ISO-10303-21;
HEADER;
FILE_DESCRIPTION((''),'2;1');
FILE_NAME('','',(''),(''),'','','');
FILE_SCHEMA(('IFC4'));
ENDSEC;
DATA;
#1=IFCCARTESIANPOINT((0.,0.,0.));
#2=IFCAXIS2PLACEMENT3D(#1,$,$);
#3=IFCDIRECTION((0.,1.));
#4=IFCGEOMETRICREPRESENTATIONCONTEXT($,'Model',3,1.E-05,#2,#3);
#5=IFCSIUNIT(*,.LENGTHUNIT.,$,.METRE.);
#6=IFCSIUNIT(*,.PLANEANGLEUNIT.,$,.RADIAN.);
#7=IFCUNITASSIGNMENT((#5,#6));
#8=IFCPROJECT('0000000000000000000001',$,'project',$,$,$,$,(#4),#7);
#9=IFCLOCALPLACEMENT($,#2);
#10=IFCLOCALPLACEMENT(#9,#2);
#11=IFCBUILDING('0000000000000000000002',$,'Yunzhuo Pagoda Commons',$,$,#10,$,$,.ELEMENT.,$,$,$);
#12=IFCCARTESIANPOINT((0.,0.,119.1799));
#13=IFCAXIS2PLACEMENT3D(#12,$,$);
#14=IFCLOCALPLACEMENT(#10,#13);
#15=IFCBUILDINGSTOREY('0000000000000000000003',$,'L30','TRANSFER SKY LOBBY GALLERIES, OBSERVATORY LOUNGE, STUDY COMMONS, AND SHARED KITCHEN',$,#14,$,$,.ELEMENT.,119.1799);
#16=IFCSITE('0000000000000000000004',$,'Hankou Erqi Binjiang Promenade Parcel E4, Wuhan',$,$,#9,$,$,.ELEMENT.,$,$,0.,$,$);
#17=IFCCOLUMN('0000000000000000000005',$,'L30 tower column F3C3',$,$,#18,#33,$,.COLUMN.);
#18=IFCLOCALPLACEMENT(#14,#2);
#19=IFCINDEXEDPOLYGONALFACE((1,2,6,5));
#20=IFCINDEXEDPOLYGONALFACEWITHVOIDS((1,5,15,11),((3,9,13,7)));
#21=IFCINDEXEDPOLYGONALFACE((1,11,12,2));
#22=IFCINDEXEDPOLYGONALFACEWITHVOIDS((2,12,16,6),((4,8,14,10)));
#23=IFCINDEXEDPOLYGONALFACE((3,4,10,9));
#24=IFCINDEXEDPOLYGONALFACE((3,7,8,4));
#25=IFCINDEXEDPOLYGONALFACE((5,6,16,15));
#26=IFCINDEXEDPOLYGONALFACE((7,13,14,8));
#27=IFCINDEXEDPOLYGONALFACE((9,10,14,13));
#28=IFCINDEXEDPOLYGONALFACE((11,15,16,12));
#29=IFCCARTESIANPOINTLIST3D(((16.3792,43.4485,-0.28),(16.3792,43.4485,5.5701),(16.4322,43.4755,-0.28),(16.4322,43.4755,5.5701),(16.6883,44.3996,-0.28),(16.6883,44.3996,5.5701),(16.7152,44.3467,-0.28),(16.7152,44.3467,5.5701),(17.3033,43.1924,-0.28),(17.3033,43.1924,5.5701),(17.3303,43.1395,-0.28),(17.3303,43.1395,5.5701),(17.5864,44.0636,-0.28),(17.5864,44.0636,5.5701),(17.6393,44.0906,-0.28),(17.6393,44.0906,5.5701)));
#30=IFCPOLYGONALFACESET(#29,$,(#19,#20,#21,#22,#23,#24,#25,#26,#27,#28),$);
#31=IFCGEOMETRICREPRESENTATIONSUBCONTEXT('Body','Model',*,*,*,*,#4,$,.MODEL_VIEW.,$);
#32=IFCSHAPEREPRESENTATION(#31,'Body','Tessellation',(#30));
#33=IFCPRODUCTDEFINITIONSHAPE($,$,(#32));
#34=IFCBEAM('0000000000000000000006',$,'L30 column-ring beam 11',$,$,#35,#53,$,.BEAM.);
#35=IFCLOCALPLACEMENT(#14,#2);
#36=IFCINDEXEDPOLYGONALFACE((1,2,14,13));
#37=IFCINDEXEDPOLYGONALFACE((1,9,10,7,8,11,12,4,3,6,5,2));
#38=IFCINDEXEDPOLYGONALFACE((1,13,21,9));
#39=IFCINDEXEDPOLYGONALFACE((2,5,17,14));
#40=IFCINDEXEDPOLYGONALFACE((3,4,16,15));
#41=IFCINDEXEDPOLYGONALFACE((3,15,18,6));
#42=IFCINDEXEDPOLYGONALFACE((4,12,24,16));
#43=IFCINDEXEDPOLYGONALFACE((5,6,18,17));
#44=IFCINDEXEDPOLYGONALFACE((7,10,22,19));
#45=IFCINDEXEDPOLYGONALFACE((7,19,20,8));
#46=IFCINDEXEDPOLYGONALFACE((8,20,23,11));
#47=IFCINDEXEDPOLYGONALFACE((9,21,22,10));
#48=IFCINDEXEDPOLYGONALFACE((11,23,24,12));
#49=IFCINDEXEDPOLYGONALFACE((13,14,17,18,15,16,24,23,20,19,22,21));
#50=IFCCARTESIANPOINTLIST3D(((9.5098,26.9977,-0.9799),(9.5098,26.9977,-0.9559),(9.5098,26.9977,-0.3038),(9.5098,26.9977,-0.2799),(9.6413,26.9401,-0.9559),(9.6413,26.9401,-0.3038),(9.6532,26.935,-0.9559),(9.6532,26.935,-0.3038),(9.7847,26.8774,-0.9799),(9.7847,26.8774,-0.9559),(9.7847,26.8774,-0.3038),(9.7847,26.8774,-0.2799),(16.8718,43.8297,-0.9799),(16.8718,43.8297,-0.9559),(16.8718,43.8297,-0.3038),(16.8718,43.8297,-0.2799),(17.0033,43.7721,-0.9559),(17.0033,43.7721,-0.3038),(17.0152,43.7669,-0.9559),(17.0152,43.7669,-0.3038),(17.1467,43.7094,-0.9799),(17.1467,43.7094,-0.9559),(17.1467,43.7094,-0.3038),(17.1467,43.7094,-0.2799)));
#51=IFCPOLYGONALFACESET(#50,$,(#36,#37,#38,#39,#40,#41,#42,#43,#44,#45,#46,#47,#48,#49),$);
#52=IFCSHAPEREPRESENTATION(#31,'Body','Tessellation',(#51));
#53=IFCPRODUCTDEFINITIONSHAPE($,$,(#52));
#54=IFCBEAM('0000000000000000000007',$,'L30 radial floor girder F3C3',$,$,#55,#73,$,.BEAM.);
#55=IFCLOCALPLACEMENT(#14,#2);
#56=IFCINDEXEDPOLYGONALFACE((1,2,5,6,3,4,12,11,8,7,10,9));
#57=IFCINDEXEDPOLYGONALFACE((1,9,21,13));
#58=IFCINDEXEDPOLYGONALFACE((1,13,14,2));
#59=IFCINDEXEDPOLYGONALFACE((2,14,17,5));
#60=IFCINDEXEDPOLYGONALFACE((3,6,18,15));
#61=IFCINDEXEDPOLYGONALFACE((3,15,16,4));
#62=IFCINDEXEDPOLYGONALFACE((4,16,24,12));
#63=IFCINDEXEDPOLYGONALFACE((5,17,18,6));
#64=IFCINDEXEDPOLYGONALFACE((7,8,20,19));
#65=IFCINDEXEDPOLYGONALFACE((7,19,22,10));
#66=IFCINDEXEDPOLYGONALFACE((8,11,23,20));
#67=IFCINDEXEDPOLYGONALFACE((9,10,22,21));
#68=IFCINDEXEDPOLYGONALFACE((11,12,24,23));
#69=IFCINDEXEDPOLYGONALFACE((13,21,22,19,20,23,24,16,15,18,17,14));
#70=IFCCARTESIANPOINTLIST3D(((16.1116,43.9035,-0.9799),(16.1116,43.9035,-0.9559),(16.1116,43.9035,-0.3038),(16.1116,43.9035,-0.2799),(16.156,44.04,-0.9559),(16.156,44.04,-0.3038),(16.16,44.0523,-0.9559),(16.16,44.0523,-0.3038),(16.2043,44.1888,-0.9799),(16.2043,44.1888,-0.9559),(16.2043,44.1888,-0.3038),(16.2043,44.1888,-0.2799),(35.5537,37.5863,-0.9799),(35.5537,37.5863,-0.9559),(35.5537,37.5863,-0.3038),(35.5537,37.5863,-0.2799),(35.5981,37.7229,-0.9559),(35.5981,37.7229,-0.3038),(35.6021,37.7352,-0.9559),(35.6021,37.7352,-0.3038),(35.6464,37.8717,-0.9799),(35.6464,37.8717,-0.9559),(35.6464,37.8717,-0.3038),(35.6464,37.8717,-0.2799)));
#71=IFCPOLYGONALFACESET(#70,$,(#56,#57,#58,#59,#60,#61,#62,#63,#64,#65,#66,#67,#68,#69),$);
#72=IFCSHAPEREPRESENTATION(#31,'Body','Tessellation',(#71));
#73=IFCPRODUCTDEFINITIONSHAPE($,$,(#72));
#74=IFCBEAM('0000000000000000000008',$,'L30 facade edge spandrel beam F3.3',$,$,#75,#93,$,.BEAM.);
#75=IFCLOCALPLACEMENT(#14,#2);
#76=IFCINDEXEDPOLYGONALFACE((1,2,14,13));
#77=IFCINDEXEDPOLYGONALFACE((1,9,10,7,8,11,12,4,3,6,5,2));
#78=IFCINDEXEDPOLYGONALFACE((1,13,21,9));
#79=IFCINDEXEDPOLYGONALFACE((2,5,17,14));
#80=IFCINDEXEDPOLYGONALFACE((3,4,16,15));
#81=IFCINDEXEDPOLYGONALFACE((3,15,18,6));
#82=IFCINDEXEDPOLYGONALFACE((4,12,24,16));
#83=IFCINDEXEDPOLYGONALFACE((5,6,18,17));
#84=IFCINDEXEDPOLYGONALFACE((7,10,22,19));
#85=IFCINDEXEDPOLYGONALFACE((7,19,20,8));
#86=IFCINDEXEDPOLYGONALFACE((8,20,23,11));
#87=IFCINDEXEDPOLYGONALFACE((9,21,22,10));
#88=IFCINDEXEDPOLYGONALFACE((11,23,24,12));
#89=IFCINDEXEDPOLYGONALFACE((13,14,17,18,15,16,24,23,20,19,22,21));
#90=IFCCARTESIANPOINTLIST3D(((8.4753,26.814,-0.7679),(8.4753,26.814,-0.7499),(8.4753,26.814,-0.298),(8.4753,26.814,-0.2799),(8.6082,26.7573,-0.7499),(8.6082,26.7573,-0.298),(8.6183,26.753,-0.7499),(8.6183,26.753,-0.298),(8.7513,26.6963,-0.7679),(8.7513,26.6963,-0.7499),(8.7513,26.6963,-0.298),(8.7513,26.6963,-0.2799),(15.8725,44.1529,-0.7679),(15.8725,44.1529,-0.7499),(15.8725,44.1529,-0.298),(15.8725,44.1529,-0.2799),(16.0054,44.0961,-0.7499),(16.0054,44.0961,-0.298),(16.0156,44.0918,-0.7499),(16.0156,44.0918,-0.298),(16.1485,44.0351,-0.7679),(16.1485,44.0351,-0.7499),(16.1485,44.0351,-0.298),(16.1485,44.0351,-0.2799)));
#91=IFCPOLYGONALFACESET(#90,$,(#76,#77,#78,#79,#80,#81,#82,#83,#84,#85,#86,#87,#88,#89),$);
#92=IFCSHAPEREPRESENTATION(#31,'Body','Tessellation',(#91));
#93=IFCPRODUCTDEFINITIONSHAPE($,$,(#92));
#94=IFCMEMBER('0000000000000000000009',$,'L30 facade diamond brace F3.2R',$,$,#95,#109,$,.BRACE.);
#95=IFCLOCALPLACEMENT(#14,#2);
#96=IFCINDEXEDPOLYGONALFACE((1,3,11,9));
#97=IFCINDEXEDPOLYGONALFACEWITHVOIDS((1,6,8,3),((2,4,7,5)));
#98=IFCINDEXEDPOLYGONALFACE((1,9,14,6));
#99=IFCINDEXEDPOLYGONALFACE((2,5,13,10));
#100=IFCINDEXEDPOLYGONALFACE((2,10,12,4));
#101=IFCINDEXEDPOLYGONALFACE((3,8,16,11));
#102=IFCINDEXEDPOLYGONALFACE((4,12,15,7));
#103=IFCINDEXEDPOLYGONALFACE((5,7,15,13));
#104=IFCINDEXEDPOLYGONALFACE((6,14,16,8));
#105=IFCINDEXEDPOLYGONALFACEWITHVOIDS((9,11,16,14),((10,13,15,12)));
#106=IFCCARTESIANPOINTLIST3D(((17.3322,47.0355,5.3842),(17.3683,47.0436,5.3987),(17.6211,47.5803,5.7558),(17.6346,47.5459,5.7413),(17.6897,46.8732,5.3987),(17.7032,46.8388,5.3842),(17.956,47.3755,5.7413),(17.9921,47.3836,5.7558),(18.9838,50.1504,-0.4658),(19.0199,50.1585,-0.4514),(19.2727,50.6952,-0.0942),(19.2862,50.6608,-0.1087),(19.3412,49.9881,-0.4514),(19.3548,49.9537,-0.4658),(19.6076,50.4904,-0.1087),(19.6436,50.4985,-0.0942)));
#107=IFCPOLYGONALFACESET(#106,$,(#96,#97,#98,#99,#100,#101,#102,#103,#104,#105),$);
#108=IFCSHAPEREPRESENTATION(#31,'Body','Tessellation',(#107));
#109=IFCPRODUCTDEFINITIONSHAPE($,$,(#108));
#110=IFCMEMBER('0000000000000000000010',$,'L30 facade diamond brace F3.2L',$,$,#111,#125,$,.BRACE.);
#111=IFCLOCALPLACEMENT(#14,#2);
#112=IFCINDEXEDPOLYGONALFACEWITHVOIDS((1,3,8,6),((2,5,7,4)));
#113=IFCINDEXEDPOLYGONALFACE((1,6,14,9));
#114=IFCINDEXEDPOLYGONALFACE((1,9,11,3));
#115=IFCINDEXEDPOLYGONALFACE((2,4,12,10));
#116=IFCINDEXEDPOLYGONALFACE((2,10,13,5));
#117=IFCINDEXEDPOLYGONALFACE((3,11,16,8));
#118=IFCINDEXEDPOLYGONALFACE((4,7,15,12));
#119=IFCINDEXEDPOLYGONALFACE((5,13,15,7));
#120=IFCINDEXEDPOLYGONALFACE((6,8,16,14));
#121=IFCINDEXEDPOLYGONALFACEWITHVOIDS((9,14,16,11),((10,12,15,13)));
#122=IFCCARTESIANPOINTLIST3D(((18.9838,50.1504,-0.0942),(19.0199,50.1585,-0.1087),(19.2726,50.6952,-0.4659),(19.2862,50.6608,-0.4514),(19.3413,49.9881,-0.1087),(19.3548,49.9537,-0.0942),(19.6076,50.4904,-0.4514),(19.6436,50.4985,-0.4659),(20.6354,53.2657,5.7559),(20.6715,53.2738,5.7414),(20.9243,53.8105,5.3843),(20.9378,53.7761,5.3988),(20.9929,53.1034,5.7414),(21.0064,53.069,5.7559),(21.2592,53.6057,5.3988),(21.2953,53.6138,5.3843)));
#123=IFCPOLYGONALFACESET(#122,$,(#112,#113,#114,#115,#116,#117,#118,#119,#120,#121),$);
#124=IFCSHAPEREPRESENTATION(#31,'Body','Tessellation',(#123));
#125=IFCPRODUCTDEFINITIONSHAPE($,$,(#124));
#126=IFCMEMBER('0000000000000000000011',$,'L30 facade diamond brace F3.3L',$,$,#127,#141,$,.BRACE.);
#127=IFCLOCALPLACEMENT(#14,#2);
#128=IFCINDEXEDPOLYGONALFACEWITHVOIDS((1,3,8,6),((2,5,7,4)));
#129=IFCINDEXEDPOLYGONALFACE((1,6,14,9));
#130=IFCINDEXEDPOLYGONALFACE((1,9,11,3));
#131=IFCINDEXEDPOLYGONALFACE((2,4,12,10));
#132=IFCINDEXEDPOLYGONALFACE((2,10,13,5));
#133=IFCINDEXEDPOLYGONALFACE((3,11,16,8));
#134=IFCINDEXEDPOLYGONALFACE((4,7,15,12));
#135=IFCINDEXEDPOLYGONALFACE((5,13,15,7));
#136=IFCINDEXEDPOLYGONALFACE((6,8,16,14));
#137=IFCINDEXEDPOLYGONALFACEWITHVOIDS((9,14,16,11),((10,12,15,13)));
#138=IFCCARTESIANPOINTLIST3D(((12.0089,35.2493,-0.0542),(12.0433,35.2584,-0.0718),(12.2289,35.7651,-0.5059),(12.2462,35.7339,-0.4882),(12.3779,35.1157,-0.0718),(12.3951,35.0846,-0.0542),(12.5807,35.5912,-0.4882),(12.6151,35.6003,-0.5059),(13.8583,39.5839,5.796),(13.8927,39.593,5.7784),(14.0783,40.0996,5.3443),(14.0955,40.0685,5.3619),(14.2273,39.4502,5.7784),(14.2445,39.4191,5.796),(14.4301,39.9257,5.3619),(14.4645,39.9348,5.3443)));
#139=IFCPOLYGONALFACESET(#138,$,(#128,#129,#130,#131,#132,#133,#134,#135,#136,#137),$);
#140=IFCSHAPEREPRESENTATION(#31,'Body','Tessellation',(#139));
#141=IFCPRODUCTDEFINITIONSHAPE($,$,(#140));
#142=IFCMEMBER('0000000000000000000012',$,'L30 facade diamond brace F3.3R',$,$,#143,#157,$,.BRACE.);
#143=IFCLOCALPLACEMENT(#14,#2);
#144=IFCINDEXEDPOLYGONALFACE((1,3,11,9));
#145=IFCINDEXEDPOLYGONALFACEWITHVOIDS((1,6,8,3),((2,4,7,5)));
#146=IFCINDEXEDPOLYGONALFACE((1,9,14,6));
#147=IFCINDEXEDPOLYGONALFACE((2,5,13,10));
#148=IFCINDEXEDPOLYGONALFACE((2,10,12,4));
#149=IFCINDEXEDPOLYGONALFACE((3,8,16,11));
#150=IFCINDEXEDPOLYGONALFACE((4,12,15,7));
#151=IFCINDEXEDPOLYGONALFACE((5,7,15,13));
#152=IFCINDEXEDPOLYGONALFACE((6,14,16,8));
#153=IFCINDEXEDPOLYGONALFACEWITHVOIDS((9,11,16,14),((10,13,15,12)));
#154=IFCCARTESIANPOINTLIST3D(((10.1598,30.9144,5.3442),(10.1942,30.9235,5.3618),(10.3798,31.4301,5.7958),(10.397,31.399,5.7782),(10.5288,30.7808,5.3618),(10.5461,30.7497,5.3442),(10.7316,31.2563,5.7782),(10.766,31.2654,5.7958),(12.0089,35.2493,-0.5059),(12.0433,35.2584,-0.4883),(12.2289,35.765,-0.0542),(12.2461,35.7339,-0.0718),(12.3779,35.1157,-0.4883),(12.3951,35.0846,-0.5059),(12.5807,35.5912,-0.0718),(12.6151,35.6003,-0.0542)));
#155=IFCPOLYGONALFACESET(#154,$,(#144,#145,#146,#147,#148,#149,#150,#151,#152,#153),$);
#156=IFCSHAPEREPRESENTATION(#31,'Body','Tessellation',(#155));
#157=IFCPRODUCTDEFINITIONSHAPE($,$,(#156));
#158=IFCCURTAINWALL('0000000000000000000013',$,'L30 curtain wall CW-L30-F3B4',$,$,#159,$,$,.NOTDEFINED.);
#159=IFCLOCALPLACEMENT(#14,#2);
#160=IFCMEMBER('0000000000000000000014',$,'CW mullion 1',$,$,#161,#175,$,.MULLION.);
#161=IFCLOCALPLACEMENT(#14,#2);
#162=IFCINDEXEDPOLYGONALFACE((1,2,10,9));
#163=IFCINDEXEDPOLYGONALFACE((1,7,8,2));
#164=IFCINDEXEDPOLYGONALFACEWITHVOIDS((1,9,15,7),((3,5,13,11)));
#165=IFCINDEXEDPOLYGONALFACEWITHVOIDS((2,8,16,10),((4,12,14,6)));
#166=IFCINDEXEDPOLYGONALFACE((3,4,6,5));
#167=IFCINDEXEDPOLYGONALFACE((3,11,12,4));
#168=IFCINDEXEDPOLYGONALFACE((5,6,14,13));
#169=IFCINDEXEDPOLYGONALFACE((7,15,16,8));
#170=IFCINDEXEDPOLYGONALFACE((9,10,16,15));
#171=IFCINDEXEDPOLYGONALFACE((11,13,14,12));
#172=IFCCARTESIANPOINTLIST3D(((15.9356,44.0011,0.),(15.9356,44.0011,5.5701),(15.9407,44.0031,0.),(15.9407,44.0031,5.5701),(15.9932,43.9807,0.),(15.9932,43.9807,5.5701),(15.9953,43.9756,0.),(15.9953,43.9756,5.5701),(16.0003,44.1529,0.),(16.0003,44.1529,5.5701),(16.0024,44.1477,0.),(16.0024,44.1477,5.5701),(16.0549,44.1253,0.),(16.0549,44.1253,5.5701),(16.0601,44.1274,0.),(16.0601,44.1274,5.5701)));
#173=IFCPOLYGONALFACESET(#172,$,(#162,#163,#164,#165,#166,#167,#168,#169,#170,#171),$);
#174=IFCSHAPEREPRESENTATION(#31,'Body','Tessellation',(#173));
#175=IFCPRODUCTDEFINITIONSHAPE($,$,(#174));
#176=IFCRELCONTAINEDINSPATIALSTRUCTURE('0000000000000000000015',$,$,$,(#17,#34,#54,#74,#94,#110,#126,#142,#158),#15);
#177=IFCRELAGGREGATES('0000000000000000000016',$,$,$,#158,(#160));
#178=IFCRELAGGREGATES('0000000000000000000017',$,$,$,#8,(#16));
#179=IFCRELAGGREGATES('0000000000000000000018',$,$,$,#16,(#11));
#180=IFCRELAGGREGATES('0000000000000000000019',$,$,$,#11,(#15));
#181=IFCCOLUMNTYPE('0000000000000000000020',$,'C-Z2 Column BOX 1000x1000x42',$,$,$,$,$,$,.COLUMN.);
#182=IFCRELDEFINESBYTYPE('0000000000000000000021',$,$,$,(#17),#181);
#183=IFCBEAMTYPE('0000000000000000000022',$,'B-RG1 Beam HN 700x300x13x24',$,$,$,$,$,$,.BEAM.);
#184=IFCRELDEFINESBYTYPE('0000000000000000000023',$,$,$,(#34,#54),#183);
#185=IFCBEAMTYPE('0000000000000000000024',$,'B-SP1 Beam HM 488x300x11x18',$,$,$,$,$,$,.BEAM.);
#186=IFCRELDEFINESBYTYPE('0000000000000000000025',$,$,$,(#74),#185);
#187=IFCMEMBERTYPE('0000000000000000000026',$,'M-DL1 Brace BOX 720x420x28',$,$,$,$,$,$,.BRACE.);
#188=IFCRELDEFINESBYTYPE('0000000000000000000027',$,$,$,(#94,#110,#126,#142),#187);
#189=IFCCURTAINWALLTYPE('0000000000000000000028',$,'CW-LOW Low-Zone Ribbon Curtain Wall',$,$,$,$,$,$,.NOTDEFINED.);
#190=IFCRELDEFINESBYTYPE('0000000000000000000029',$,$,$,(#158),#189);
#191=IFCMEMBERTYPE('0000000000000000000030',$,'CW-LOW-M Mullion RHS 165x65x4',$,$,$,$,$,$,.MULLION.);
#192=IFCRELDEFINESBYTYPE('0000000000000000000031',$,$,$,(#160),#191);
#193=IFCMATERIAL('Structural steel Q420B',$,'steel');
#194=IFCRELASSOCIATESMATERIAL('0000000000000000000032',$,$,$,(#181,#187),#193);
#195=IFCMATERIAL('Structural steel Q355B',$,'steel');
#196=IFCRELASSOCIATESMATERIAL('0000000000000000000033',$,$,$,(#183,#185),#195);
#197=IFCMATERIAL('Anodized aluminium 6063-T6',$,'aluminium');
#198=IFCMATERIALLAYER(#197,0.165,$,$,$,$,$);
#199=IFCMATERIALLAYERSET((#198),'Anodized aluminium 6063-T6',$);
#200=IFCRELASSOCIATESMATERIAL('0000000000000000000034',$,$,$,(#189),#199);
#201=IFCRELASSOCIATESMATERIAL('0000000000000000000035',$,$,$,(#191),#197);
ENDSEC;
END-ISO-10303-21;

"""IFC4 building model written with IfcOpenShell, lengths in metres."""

from ifc_helpers import new_model, si_unit, direction, frame, origin, origin_2d, place, context, subcontext, project, spatial, hollow_rectangle, i_section, extrude, source, transform, mapped, material, layer, layer_set, material_profile, profile_set, type_object, element, aggregate, save


model = new_model("IFC4")

# Units and contexts
model_context = context("Model", 3, precision=1e-05, world=origin(), true_north=direction((0.0, 1.0)))
body_context = subcontext(model_context, "Body", "Model", "MODEL_VIEW")
ifc_project = project(units=[si_unit("LENGTHUNIT", "METRE"), si_unit("PLANEANGLEUNIT", "RADIAN")], contexts=[model_context])

# Site, building, storey
site_placement = place(None, origin())
site = spatial("IfcSite", under=ifc_project, at=site_placement, Name="Hankou Erqi Binjiang Promenade Parcel E4, Wuhan", CompositionType="ELEMENT", RefElevation=0.0)
building_placement = place(site_placement, origin())
building = spatial("IfcBuilding", under=site, at=building_placement, Name="Yunzhuo Pagoda Commons", CompositionType="ELEMENT")
storey_placement = place(building_placement, frame((0.0, 0.0, 119.1799)))
storey = spatial("IfcBuildingStorey", under=building, at=storey_placement, Name="L30", Description="TRANSFER SKY LOBBY GALLERIES, OBSERVATORY LOUNGE, STUDY COMMONS, AND SHARED KITCHEN", CompositionType="ELEMENT", Elevation=119.1799)

# Column
ifc_material_1 = material(Name="Structural steel Q420B", Category="steel")
ifc_material_profile_1 = material_profile(ifc_material_1, hollow_rectangle(XDim=1.0, YDim=1.0, WallThickness=0.042, at=origin_2d()), Name="Structural steel Q420B")
ifc_profile_set_1 = profile_set([ifc_material_profile_1], Name="Structural steel Q420B")
column_type = type_object("IfcColumnType", Name="C-Z2 Column BOX 1000x1000x42", PredefinedType="COLUMN", material=ifc_profile_set_1)
shared_shape_1 = source(origin(), body_context, "Body", "SweptSolid", [
    extrude(hollow_rectangle(XDim=1.0, YDim=1.0, WallThickness=0.042, at=origin_2d()), origin(), (0.0, 0.0, 1.0), 5.8501),
])
column_placement = place(storey_placement, frame((17.0093, 43.7695, -0.28), z_axis=(0.0, 0.0, 1.0), x_axis=(-0.309017, -0.951057, 0.0)))
element("IfcColumn", 1, at=column_placement, inside=storey, type_object=column_type, Name="L30 tower column F3C3", PredefinedType="COLUMN", context=body_context, shape_type="MappedRepresentation", body=[
    mapped(shared_shape_1, transform((0.0, 0.0, 0.0), scale=1.0)),
])

# Beams
ifc_material_2 = material(Name="Structural steel Q355B", Category="steel")
ifc_material_profile_2 = material_profile(ifc_material_2, i_section(OverallWidth=0.3, OverallDepth=0.7, WebThickness=0.0129, FlangeThickness=0.0239, at=origin_2d()), Name="Structural steel Q355B")
ifc_profile_set_2 = profile_set([ifc_material_profile_2], Name="Structural steel Q355B")
beam_type_1 = type_object("IfcBeamType", Name="B-RG1 Beam HN 700x300x13x24", PredefinedType="BEAM", material=ifc_profile_set_2)
shared_shape_2 = source(origin(), body_context, "Body", "SweptSolid", [
    extrude(i_section(OverallWidth=0.3, OverallDepth=0.7, WebThickness=0.0129, FlangeThickness=0.0239, at=origin_2d()), origin(), (0.0, 0.0, 1.0), 18.3716),
])
beam_1_placement = place(storey_placement, frame((17.0093, 43.7695, -0.6299), z_axis=(-0.40073, -0.916196, 0.0), x_axis=(0.916196, -0.40073, 0.0)))
element("IfcBeam", 2, at=beam_1_placement, inside=storey, type_object=beam_type_1, Name="L30 column-ring beam 11", PredefinedType="BEAM", context=body_context, shape_type="MappedRepresentation", body=[
    mapped(shared_shape_2, transform((0.0, 0.0, 0.0), scale=1.0)),
])
shared_shape_3 = source(origin(), body_context, "Body", "SweptSolid", [
    extrude(i_section(OverallWidth=0.3, OverallDepth=0.7, WebThickness=0.0129, FlangeThickness=0.0239, at=origin_2d()), origin(), (0.0, 0.0, 1.0), 20.4426),
])
beam_2_placement = place(storey_placement, frame((16.158, 44.0461, -0.6299), z_axis=(0.951056, -0.309017, 0.0), x_axis=(0.309017, 0.951056, 0.0)))
element("IfcBeam", 3, at=beam_2_placement, inside=storey, type_object=beam_type_1, Name="L30 radial floor girder F3C3", PredefinedType="BEAM", context=body_context, shape_type="MappedRepresentation", body=[
    mapped(shared_shape_3, transform((0.0, 0.0, 0.0), scale=1.0)),
])
ifc_material_profile_3 = material_profile(ifc_material_2, i_section(OverallWidth=0.3, OverallDepth=0.488, WebThickness=0.011, FlangeThickness=0.0181, at=origin_2d()), Name="Structural steel Q355B")
ifc_profile_set_3 = profile_set([ifc_material_profile_3], Name="Structural steel Q355B")
beam_type_2 = type_object("IfcBeamType", Name="B-SP1 Beam HM 488x300x11x18", PredefinedType="BEAM", material=ifc_profile_set_3)
shared_shape_4 = source(origin(), body_context, "Body", "SweptSolid", [
    extrude(i_section(OverallWidth=0.3, OverallDepth=0.488, WebThickness=0.011, FlangeThickness=0.0181, at=origin_2d()), origin(), (0.0, 0.0, 1.0), 18.8508),
])
beam_3_placement = place(storey_placement, frame((16.0105, 44.094, -0.5239), z_axis=(-0.392407, -0.919792, 0.0), x_axis=(0.919792, -0.392407, 0.0)))
element("IfcBeam", 4, at=beam_3_placement, inside=storey, type_object=beam_type_2, Name="L30 facade edge spandrel beam F3.3", PredefinedType="BEAM", context=body_context, shape_type="MappedRepresentation", body=[
    mapped(shared_shape_4, transform((0.0, 0.0, 0.0), scale=1.0)),
])

# Members
ifc_material_profile_4 = material_profile(ifc_material_1, hollow_rectangle(XDim=0.4199, YDim=0.72, WallThickness=0.0281, at=origin_2d()), Name="Structural steel Q420B")
ifc_profile_set_4 = profile_set([ifc_material_profile_4], Name="Structural steel Q420B")
member_type_1 = type_object("IfcMemberType", Name="M-DL1 Brace BOX 720x420x28", PredefinedType="BRACE", material=ifc_profile_set_4)
shared_shape_5 = source(origin(), body_context, "Body", "SweptSolid", [
    extrude(hollow_rectangle(XDim=0.4199, YDim=0.72, WallThickness=0.0281, at=origin_2d()), origin(), (0.0, 0.0, 1.0), 6.8303),
])
member_1_placement = place(storey_placement, frame((19.3137, 50.3245, -0.28), z_axis=(-0.241802, -0.456047, 0.856477), x_axis=(0.883495, -0.468441, 0.0)))
element("IfcMember", 5, at=member_1_placement, inside=storey, type_object=member_type_1, Name="L30 facade diamond brace F3.2R", PredefinedType="BRACE", context=body_context, shape_type="MappedRepresentation", body=[
    mapped(shared_shape_5, transform((0.0, 0.0, 0.0), scale=1.0)),
])
shared_shape_6 = source(origin(), body_context, "Body", "SweptSolid", [
    extrude(hollow_rectangle(XDim=0.4199, YDim=0.72, WallThickness=0.0281, at=origin_2d()), origin(), (0.0, 0.0, 1.0), 6.8306),
])
member_2_placement = place(storey_placement, frame((19.3137, 50.3245, -0.28), z_axis=(0.241798, 0.456075, 0.856463), x_axis=(-0.88351, 0.468413, 0.0)))
element("IfcMember", 6, at=member_2_placement, inside=storey, type_object=member_type_1, Name="L30 facade diamond brace F3.2L", PredefinedType="BRACE", context=body_context, shape_type="MappedRepresentation", body=[
    mapped(shared_shape_6, transform((0.0, 0.0, 0.0), scale=1.0)),
])
shared_shape_7 = source(origin(), body_context, "Body", "SweptSolid", [
    extrude(hollow_rectangle(XDim=0.4199, YDim=0.72, WallThickness=0.0281, at=origin_2d()), origin(), (0.0, 0.0, 1.0), 7.5122),
])
for number, where, z_axis, x_axis, name in (
    (7, (12.312, 35.4248, -0.28), (0.246185, 0.577, 0.778758), (-0.919779, 0.392437, 0.0), "L30 facade diamond brace F3.3L"),
    (8, (12.312, 35.4248, -0.28), (-0.246146, -0.577048, 0.778735), (0.919814, -0.392356, 0.0), "L30 facade diamond brace F3.3R"),
):
    element("IfcMember", number, at=place(storey_placement, frame(where, z_axis=z_axis, x_axis=x_axis)), inside=storey, type_object=member_type_1, Name=name, PredefinedType="BRACE", context=body_context, shape_type="MappedRepresentation", body=[
        mapped(shared_shape_7, transform((0.0, 0.0, 0.0), scale=1.0)),
    ])

# Curtain wall, member
ifc_material_3 = material(Name="Anodized aluminium 6063-T6", Category="aluminium")
ifc_layer_1 = layer(ifc_material_3, 0.165)
ifc_layer_set_1 = layer_set([ifc_layer_1], Name="Anodized aluminium 6063-T6")
curtain_wall_type = type_object("IfcCurtainWallType", Name="CW-LOW Low-Zone Ribbon Curtain Wall", PredefinedType="NOTDEFINED", material=ifc_layer_set_1)
curtain_wall_1_placement = place(storey_placement, origin())
curtain_wall_1 = element("IfcCurtainWall", 9, at=curtain_wall_1_placement, inside=storey, type_object=curtain_wall_type, Name="L30 curtain wall CW-L30-F3B4", PredefinedType="NOTDEFINED")
ifc_material_profile_5 = material_profile(ifc_material_3, hollow_rectangle(XDim=0.0649, YDim=0.165, WallThickness=0.0039, at=origin_2d()), Name="Anodized aluminium 6063-T6")
ifc_profile_set_5 = profile_set([ifc_material_profile_5], Name="Anodized aluminium 6063-T6")
member_type_2 = type_object("IfcMemberType", Name="CW-LOW-M Mullion RHS 165x65x4", PredefinedType="MULLION", material=ifc_profile_set_5)
shared_shape_8 = source(origin(), body_context, "Body", "SweptSolid", [
    extrude(hollow_rectangle(XDim=0.0649, YDim=0.165, WallThickness=0.0039, at=origin_2d()), origin(), (0.0, 0.0, 1.0), 5.5701),
])
member_3_placement = place(storey_placement, frame((15.9978, 44.0642, 0.0), z_axis=(0.0, 0.0, 1.0), x_axis=(0.919788, -0.392415, 0.0)))
member_3 = element("IfcMember", 10, at=member_3_placement, type_object=member_type_2, Name="CW mullion 1", PredefinedType="MULLION", context=body_context, shape_type="MappedRepresentation", body=[
    mapped(shared_shape_8, transform((0.0, 0.0, 0.0), scale=1.0)),
])

aggregate(curtain_wall_1, [member_3])

save(model, "model.ifc")
